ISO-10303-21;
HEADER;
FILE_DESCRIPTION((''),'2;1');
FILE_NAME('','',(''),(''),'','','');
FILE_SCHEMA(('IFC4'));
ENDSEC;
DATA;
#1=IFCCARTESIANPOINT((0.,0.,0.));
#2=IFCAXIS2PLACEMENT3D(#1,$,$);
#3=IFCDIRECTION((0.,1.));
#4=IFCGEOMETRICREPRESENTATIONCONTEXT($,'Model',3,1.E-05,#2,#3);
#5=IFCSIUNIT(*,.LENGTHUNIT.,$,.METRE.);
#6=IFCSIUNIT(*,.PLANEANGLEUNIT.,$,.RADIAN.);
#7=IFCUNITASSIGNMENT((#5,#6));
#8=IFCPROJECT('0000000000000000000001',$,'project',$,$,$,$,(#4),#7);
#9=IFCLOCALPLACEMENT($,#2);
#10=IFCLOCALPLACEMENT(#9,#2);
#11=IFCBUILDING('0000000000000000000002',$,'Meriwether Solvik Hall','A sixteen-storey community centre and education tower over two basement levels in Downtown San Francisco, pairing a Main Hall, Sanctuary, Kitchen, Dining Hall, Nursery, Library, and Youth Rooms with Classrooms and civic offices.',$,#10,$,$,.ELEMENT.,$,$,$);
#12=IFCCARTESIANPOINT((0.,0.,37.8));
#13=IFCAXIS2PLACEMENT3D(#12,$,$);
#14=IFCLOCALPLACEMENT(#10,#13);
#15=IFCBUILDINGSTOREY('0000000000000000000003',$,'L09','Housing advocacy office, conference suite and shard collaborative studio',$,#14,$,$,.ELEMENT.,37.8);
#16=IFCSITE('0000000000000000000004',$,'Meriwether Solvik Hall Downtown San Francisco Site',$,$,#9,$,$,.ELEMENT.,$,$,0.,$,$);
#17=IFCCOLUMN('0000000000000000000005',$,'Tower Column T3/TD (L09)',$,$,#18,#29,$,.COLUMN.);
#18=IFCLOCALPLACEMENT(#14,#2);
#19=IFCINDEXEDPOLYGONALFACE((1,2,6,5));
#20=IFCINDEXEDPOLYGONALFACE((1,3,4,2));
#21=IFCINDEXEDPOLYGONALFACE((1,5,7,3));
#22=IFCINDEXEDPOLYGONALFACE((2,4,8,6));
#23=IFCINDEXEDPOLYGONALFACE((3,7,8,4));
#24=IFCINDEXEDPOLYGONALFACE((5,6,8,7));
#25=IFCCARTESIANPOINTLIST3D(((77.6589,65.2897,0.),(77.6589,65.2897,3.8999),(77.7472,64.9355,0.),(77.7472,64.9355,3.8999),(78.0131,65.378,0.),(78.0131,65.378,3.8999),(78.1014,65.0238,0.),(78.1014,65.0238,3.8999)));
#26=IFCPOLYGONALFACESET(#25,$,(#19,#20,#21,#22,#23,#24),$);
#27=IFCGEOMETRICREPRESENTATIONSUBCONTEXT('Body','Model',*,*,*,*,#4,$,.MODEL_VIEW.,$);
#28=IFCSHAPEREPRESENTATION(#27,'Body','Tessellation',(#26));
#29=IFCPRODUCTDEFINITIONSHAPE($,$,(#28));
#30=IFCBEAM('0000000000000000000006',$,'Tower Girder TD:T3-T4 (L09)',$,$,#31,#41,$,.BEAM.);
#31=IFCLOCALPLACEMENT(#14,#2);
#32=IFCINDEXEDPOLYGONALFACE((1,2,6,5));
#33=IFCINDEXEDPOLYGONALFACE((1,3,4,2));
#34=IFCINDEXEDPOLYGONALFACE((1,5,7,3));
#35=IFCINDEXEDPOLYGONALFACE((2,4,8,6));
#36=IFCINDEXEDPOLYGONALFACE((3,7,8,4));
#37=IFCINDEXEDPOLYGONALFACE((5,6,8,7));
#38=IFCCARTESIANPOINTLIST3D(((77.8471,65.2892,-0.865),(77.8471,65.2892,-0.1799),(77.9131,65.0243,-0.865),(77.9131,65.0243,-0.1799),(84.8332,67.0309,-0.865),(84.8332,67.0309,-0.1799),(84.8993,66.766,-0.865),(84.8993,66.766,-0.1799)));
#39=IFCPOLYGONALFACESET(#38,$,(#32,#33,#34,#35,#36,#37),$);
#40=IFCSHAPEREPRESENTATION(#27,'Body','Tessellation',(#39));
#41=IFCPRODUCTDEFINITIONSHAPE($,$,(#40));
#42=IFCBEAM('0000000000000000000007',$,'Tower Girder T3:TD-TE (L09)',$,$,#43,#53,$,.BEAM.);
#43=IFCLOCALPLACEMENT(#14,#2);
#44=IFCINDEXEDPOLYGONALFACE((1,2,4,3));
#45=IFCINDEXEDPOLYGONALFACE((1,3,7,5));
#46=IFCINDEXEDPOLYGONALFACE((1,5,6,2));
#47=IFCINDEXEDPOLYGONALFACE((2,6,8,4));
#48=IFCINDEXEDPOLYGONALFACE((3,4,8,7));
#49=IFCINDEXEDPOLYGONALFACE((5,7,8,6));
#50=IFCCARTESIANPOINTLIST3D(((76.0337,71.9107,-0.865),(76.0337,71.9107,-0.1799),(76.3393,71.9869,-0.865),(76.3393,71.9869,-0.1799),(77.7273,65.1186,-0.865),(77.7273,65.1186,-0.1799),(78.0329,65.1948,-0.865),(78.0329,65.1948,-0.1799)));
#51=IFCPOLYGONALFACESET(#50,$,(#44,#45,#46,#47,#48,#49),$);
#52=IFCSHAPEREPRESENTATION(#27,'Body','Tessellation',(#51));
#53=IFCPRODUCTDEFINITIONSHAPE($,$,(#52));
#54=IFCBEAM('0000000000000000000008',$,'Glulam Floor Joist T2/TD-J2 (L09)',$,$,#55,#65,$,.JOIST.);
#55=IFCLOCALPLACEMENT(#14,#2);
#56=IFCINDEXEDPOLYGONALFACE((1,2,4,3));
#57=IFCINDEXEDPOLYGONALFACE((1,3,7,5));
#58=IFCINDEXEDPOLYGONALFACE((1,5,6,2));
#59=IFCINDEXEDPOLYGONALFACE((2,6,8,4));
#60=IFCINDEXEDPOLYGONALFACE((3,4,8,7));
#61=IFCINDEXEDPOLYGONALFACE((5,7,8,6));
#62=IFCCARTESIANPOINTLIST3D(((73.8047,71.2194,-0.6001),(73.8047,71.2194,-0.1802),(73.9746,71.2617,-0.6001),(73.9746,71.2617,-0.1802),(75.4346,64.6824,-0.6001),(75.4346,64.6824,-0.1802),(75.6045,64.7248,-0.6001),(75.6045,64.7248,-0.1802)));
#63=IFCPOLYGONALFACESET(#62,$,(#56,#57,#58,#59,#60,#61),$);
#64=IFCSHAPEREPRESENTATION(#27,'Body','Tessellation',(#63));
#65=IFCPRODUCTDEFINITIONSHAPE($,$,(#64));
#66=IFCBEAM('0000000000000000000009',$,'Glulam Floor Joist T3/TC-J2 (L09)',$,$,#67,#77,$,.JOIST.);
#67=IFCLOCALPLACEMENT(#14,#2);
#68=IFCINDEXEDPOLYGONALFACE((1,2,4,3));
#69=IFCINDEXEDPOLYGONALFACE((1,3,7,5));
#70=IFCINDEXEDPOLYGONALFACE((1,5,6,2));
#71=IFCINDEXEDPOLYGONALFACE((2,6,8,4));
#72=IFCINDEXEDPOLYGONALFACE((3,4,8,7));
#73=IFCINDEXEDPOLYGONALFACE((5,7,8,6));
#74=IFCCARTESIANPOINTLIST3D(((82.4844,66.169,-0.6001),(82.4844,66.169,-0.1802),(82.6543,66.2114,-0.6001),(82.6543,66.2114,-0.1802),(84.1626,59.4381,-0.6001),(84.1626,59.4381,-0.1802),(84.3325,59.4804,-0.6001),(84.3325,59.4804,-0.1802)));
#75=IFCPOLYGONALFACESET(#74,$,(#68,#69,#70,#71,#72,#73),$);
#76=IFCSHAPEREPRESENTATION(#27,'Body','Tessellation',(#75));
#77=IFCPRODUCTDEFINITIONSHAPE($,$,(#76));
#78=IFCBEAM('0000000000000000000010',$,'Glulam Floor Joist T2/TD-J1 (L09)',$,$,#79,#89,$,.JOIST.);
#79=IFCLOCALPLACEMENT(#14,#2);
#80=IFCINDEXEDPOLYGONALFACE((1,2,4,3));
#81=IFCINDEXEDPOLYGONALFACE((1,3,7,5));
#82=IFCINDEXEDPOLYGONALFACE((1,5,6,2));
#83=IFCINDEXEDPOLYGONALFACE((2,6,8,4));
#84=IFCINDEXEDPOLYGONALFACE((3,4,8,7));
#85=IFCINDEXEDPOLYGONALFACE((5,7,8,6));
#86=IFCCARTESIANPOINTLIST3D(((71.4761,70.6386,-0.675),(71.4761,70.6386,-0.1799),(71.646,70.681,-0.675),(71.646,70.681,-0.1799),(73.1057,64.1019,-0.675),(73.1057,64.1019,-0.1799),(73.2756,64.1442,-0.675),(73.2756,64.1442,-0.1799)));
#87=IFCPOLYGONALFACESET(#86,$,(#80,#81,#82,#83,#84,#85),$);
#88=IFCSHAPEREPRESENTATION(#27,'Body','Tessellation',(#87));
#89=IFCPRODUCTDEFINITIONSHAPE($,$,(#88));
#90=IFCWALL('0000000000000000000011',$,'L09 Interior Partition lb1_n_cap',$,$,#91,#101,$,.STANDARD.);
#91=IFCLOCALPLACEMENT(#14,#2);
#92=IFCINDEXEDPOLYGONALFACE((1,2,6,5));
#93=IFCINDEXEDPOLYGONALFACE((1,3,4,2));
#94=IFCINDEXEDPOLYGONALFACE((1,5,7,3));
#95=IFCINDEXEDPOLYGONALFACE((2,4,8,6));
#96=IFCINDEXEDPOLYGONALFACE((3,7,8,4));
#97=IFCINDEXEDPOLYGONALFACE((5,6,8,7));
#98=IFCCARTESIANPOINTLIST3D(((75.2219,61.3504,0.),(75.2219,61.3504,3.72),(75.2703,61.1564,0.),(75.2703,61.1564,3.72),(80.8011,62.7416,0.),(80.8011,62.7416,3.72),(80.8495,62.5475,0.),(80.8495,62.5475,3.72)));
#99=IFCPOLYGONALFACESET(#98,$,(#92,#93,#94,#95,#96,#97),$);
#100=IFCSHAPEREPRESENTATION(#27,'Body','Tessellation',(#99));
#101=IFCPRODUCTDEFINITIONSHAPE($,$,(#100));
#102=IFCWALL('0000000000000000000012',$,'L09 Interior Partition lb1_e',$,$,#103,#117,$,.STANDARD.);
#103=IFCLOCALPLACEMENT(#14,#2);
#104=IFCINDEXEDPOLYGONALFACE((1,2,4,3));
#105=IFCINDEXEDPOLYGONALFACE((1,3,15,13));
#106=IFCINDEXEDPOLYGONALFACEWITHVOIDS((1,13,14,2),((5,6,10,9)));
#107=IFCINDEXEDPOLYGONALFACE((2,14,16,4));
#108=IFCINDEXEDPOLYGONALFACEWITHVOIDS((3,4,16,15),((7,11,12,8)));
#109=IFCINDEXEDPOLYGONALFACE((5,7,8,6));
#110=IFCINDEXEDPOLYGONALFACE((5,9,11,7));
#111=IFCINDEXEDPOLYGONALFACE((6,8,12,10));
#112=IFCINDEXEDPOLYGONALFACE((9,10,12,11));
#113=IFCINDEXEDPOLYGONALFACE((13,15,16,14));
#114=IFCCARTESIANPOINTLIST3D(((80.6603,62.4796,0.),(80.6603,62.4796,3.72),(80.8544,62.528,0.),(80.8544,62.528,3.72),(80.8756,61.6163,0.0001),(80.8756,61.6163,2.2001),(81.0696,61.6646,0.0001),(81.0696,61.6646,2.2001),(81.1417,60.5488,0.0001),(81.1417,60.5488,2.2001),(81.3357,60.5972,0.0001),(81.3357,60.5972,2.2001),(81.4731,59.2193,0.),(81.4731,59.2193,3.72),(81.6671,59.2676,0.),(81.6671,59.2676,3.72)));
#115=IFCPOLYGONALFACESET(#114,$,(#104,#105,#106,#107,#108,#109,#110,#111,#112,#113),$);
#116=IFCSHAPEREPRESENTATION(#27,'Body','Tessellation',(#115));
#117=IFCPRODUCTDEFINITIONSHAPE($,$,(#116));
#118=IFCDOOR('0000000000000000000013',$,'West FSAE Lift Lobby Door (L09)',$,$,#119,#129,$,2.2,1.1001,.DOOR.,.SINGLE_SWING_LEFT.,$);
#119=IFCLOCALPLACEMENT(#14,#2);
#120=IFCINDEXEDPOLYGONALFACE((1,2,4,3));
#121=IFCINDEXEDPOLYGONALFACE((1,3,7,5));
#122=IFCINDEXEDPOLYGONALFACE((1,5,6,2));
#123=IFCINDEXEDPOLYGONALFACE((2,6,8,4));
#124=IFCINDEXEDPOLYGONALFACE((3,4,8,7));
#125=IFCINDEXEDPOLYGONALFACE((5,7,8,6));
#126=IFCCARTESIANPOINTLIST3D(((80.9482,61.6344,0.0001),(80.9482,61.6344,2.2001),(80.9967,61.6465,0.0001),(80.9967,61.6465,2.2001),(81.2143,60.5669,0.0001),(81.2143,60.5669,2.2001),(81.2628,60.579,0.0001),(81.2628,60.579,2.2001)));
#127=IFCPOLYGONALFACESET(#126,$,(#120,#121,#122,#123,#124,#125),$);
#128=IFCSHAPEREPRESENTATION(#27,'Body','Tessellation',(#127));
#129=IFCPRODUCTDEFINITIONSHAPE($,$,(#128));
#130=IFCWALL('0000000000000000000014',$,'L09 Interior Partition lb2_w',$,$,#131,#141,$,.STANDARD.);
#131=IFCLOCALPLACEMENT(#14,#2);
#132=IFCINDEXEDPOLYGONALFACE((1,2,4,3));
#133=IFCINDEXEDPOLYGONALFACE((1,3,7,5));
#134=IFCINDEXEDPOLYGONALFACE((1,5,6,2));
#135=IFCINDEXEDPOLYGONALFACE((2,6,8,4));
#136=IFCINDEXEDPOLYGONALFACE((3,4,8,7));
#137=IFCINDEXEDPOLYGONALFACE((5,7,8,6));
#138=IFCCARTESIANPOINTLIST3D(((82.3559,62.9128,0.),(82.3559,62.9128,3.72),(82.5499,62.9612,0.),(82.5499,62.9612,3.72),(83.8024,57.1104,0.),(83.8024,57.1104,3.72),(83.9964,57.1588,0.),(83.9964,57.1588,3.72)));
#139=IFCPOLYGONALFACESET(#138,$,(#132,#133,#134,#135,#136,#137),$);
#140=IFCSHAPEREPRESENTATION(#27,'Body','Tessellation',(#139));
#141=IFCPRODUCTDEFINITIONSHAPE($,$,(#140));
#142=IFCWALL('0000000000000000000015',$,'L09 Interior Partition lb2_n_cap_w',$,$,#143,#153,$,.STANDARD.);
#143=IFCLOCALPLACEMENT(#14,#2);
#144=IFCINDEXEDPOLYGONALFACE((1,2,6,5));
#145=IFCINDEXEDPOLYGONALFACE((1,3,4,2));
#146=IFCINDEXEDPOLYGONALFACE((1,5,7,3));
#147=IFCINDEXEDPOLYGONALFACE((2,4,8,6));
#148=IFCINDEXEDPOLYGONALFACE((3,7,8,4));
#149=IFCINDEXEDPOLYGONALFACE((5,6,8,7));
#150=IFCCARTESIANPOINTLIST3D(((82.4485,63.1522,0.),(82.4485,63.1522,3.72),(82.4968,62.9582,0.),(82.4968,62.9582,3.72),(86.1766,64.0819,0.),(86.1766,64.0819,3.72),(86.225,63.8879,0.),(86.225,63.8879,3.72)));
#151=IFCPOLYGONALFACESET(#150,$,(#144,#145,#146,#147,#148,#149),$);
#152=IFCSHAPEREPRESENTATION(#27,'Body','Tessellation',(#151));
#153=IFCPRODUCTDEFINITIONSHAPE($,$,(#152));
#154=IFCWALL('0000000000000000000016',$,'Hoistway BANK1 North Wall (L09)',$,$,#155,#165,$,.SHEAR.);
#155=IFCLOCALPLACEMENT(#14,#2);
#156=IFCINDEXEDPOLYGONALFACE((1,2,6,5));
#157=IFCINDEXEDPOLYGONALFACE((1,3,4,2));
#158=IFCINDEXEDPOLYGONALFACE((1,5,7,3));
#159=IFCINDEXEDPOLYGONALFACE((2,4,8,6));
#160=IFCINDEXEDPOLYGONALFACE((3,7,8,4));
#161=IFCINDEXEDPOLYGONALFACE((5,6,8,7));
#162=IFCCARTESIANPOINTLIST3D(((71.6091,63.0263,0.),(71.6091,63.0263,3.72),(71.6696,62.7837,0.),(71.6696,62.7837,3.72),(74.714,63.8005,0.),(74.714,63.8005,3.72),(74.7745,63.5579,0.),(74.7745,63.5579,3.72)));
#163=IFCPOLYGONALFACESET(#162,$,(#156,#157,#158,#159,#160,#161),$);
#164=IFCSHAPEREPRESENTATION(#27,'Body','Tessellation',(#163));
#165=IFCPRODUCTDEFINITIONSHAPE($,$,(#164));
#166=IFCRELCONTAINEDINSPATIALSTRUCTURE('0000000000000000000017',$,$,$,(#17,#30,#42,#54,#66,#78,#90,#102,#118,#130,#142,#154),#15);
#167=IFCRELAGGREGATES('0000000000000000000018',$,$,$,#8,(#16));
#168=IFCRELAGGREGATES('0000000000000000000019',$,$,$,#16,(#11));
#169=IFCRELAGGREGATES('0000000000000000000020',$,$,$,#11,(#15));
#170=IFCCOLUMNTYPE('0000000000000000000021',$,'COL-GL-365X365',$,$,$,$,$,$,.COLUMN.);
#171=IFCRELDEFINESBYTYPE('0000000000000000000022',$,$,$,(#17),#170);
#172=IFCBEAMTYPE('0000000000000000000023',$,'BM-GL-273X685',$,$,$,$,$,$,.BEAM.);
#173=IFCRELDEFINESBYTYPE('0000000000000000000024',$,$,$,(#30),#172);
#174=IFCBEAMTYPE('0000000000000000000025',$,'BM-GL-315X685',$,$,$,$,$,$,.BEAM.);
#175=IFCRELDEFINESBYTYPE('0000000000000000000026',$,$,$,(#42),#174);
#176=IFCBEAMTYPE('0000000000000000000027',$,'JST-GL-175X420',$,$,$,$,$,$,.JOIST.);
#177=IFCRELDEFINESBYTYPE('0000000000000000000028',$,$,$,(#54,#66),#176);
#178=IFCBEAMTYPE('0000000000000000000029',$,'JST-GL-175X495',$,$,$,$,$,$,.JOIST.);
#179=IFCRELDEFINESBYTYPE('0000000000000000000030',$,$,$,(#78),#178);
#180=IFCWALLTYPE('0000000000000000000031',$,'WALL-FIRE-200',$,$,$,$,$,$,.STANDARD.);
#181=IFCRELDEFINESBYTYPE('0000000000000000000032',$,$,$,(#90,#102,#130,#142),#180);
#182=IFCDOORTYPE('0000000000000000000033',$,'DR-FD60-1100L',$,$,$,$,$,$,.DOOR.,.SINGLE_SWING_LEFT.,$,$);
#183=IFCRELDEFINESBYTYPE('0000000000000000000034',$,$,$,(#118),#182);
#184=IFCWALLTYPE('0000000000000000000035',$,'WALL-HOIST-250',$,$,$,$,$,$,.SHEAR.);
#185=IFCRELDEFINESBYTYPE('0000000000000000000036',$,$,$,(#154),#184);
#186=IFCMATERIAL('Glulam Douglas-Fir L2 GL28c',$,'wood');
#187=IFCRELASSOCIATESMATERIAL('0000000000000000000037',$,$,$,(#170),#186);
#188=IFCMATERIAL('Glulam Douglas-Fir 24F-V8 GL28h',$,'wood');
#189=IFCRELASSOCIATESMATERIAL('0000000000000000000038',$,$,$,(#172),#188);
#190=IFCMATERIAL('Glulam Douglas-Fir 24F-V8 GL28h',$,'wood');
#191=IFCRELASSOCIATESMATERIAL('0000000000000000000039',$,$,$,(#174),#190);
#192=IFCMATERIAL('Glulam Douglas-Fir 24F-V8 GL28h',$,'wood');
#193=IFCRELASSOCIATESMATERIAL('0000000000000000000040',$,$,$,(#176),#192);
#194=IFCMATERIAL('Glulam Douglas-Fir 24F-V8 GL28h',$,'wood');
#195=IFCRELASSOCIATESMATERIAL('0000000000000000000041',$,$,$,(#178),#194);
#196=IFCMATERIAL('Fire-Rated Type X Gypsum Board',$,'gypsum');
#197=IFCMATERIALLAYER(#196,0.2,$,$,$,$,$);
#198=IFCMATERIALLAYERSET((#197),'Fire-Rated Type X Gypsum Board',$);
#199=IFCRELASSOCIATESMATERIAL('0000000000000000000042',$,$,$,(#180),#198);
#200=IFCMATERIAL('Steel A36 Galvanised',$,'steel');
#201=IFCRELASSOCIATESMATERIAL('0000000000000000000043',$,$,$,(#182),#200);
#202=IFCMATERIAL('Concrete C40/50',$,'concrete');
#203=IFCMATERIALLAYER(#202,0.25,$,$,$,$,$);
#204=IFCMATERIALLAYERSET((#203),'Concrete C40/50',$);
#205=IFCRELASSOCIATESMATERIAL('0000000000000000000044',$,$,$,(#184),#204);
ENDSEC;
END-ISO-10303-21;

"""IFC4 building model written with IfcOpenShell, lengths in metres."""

from ifc_helpers import new_model, si_unit, direction, frame, frame_2d, origin, origin_2d, place, context, subcontext, project, spatial, rectangle, extrude, material, layer, layer_set, material_profile, profile_set, type_object, element, fill, save


model = new_model("IFC4")

# Units and contexts
model_context = context("Model", 3, precision=1e-05, world=origin(), true_north=direction((0.0, 1.0)))
body_context = subcontext(model_context, "Body", "Model", "MODEL_VIEW")
ifc_project = project(units=[si_unit("LENGTHUNIT", "METRE"), si_unit("PLANEANGLEUNIT", "RADIAN")], contexts=[model_context])

# Site, building, storey
site_placement = place(None, origin())
site = spatial("IfcSite", under=ifc_project, at=site_placement, Name="Meriwether Solvik Hall Downtown San Francisco Site", CompositionType="ELEMENT", RefElevation=0.0)
building_placement = place(site_placement, origin())
building = spatial("IfcBuilding", under=site, at=building_placement, Name="Meriwether Solvik Hall", Description="A sixteen-storey community centre and education tower over two basement levels in Downtown San Francisco, pairing a Main Hall, Sanctuary, Kitchen, Dining Hall, Nursery, Library, and Youth Rooms with Classrooms and civic offices.", CompositionType="ELEMENT")
storey_placement = place(building_placement, frame((0.0, 0.0, 37.8)))
storey = spatial("IfcBuildingStorey", under=building, at=storey_placement, Name="L09", Description="Housing advocacy office, conference suite and shard collaborative studio", CompositionType="ELEMENT", Elevation=37.8)

# Column
ifc_material_1 = material(Name="Glulam Douglas-Fir L2 GL28c", Category="wood")
ifc_material_profile_1 = material_profile(ifc_material_1, rectangle(XDim=0.365, YDim=0.365, at=origin_2d()), Name="GLC-365X365")
ifc_profile_set_1 = profile_set([ifc_material_profile_1], Name="Glulam Douglas-Fir L2 GL28c")
column_type = type_object("IfcColumnType", Name="COL-GL-365X365", PredefinedType="COLUMN", material=ifc_profile_set_1)
column_placement = place(storey_placement, frame((77.8801, 65.1567, 0.0), z_axis=(0.0, 0.0, 1.0), x_axis=(0.970296, 0.241922, 0.0)))
element("IfcColumn", 1, at=column_placement, inside=storey, type_object=column_type, Name="Tower Column T3/TD (L09)", PredefinedType="COLUMN", context=body_context, shape_type="SweptSolid", body=[
    extrude(rectangle(XDim=0.365, YDim=0.365, at=origin_2d()), origin(), (0.0, 0.0, 1.0), 3.8999),
])

# Beams
ifc_material_2 = material(Name="Glulam Douglas-Fir 24F-V8 GL28h", Category="wood")
ifc_material_profile_2 = material_profile(ifc_material_2, rectangle(XDim=0.2729, YDim=0.6851, at=origin_2d()), Name="GLB-273X685")
ifc_profile_set_2 = profile_set([ifc_material_profile_2], Name="Glulam Douglas-Fir 24F-V8 GL28h")
beam_type_1 = type_object("IfcBeamType", Name="BM-GL-273X685", PredefinedType="BEAM", material=ifc_profile_set_2)
beam_1_placement = place(storey_placement, frame((77.8801, 65.1567, -0.5225), z_axis=(0.9703, 0.241905, 0.0), x_axis=(-0.241905, 0.9703, 0.0)))
element("IfcBeam", 2, at=beam_1_placement, inside=storey, type_object=beam_type_1, Name="Tower Girder TD:T3-T4 (L09)", PredefinedType="BEAM", context=body_context, shape_type="SweptSolid", body=[
    extrude(rectangle(XDim=0.2729, YDim=0.6851, at=origin_2d()), origin(), (0.0, 0.0, 1.0), 7.2),
])
ifc_material_3 = material(Name="Glulam Douglas-Fir 24F-V8 GL28h", Category="wood")
ifc_material_profile_3 = material_profile(ifc_material_3, rectangle(XDim=0.3149, YDim=0.6851, at=origin_2d()), Name="GLB-315X685")
ifc_profile_set_3 = profile_set([ifc_material_profile_3], Name="Glulam Douglas-Fir 24F-V8 GL28h")
beam_type_2 = type_object("IfcBeamType", Name="BM-GL-315X685", PredefinedType="BEAM", material=ifc_profile_set_3)
beam_2_placement = place(storey_placement, frame((77.8801, 65.1567, -0.5225), z_axis=(-0.241945, 0.97029, 0.0), x_axis=(-0.97029, -0.241945, 0.0)))
element("IfcBeam", 3, at=beam_2_placement, inside=storey, type_object=beam_type_2, Name="Tower Girder T3:TD-TE (L09)", PredefinedType="BEAM", context=body_context, shape_type="SweptSolid", body=[
    extrude(rectangle(XDim=0.3149, YDim=0.6851, at=origin_2d()), origin(), (0.0, 0.0, 1.0), 7.0),
])
ifc_material_4 = material(Name="Glulam Douglas-Fir 24F-V8 GL28h", Category="wood")
ifc_material_profile_4 = material_profile(ifc_material_4, rectangle(XDim=0.175, YDim=0.4199, at=origin_2d()), Name="GLJ-175X420")
ifc_profile_set_4 = profile_set([ifc_material_profile_4], Name="Glulam Douglas-Fir 24F-V8 GL28h")
beam_type_3 = type_object("IfcBeamType", Name="JST-GL-175X420", PredefinedType="JOIST", material=ifc_profile_set_4)
beam_3_placement = place(storey_placement, frame((75.5195, 64.7036, -0.3901), z_axis=(-0.24193, 0.970294, 0.0), x_axis=(-0.970294, -0.24193, 0.0)))
element("IfcBeam", 4, at=beam_3_placement, inside=storey, type_object=beam_type_3, Name="Glulam Floor Joist T2/TD-J2 (L09)", PredefinedType="JOIST", context=body_context, shape_type="SweptSolid", body=[
    extrude(rectangle(XDim=0.175, YDim=0.4199, at=origin_2d()), origin(), (0.0, 0.0, 1.0), 6.7371),
])
beam_4_placement = place(storey_placement, frame((84.2476, 59.4592, -0.3901), z_axis=(-0.241923, 0.970296, 0.0), x_axis=(-0.970296, -0.241923, 0.0)))
element("IfcBeam", 5, at=beam_4_placement, inside=storey, type_object=beam_type_3, Name="Glulam Floor Joist T3/TC-J2 (L09)", PredefinedType="JOIST", context=body_context, shape_type="SweptSolid", body=[
    extrude(rectangle(XDim=0.175, YDim=0.4199, at=origin_2d()), origin(), (0.0, 0.0, 1.0), 6.937),
])
ifc_material_5 = material(Name="Glulam Douglas-Fir 24F-V8 GL28h", Category="wood")
ifc_material_profile_5 = material_profile(ifc_material_5, rectangle(XDim=0.175, YDim=0.4951, at=origin_2d()), Name="GLJ-175X495")
ifc_profile_set_5 = profile_set([ifc_material_profile_5], Name="Glulam Douglas-Fir 24F-V8 GL28h")
beam_type_4 = type_object("IfcBeamType", Name="JST-GL-175X495", PredefinedType="JOIST", material=ifc_profile_set_5)
beam_5_placement = place(storey_placement, frame((73.1907, 64.123, -0.4275), z_axis=(-0.241896, 0.970302, 0.0), x_axis=(-0.970302, -0.241896, 0.0)))
element("IfcBeam", 6, at=beam_5_placement, inside=storey, type_object=beam_type_4, Name="Glulam Floor Joist T2/TD-J1 (L09)", PredefinedType="JOIST", context=body_context, shape_type="SweptSolid", body=[
    extrude(rectangle(XDim=0.175, YDim=0.4951, at=origin_2d()), origin(), (0.0, 0.0, 1.0), 6.7368),
])

# Wall
ifc_material_6 = material(Name="Fire-Rated Type X Gypsum Board", Category="gypsum")
ifc_layer_1 = layer(ifc_material_6, 0.2)
ifc_layer_set_1 = layer_set([ifc_layer_1], Name="Fire-Rated Type X Gypsum Board")
wall_type_1 = type_object("IfcWallType", Name="WALL-FIRE-200", PredefinedType="STANDARD", material=ifc_layer_set_1)
wall_1_placement = place(storey_placement, frame((75.2461, 61.2534, 0.0), z_axis=(0.0, 0.0, 1.0), x_axis=(0.970292, 0.241936, 0.0)))
element("IfcWall", 7, at=wall_1_placement, inside=storey, type_object=wall_type_1, Name="L09 Interior Partition lb1_n_cap", PredefinedType="STANDARD", context=body_context, shape_type="SweptSolid", body=[
    extrude(rectangle(XDim=5.75, YDim=0.2, at=frame_2d((2.875, 0.0))), origin(), (0.0, 0.0, 1.0), 3.72),
])

# Wall, opening, door
wall_2_placement = place(storey_placement, frame((80.7573, 62.5039, 0.0), z_axis=(0.0, 0.0, 1.0), x_axis=(0.241886, -0.970305, 0.0)))
wall_2 = element("IfcWall", 8, at=wall_2_placement, inside=storey, type_object=wall_type_1, Name="L09 Interior Partition lb1_e", PredefinedType="STANDARD", context=body_context, shape_type="SweptSolid", body=[
    extrude(rectangle(XDim=3.3601, YDim=0.2, at=frame_2d((1.6802, 0.0))), origin(), (0.0, 0.0, 1.0), 3.72),
])
opening_1_placement = place(wall_2_placement, frame((0.8899, 0.0, 0.0)))
opening_1 = element("IfcOpeningElement", 9, at=opening_1_placement, cuts=wall_2, PredefinedType="OPENING", context=body_context, shape_type="SweptSolid", body=[
    extrude(rectangle(XDim=1.1001, YDim=2.2, at=frame_2d((0.55, 1.1001))), frame((0.0, 0.1118, 0.0), z_axis=(0.0, -1.0, 0.0), x_axis=(1.0, 0.0, 0.0)), (0.0, 0.0, 1.0), 0.2239),
])
ifc_material_7 = material(Name="Steel A36 Galvanised", Category="steel")
door_type_1 = type_object("IfcDoorType", Name="DR-FD60-1100L", OperationType="SINGLE_SWING_LEFT", PredefinedType="DOOR", material=ifc_material_7)
door_1_placement = place(opening_1_placement, origin())
door_1 = element("IfcDoor", 10, at=door_1_placement, inside=storey, type_object=door_type_1, Name="West FSAE Lift Lobby Door (L09)", OperationType="SINGLE_SWING_LEFT", OverallHeight=2.2, OverallWidth=1.1001, PredefinedType="DOOR", context=body_context, shape_type="SweptSolid", body=[
    extrude(rectangle(XDim=1.1001, YDim=2.2, at=frame_2d((0.55, 1.1001))), frame((0.0, 0.0249, 0.0), z_axis=(0.0, -1.0, 0.0), x_axis=(1.0, 0.0, 0.0)), (0.0, 0.0, 1.0), 0.05),
])
fill(opening_1, door_1)

# Walls
wall_3_placement = place(storey_placement, frame((82.4529, 62.937, 0.0), z_axis=(0.0, 0.0, 1.0), x_axis=(0.241892, -0.970303, 0.0)))
element("IfcWall", 11, at=wall_3_placement, inside=storey, type_object=wall_type_1, Name="L09 Interior Partition lb2_w", PredefinedType="STANDARD", context=body_context, shape_type="SweptSolid", body=[
    extrude(rectangle(XDim=5.98, YDim=0.2, at=frame_2d((2.99, 0.0))), origin(), (0.0, 0.0, 1.0), 3.72),
])
wall_4_placement = place(storey_placement, frame((82.4727, 63.0552, 0.0), z_axis=(0.0, 0.0, 1.0), x_axis=(0.970284, 0.241967, 0.0)))
element("IfcWall", 12, at=wall_4_placement, inside=storey, type_object=wall_type_1, Name="L09 Interior Partition lb2_n_cap_w", PredefinedType="STANDARD", context=body_context, shape_type="SweptSolid", body=[
    extrude(rectangle(XDim=3.8423, YDim=0.2, at=frame_2d((1.9211, 0.0))), origin(), (0.0, 0.0, 1.0), 3.72),
])
ifc_material_8 = material(Name="Concrete C40/50", Category="concrete")
ifc_layer_2 = layer(ifc_material_8, 0.25)
ifc_layer_set_2 = layer_set([ifc_layer_2], Name="Concrete C40/50")
wall_type_2 = type_object("IfcWallType", Name="WALL-HOIST-250", PredefinedType="SHEAR", material=ifc_layer_set_2)
wall_5_placement = place(storey_placement, frame((74.7444, 63.6792, 0.0), z_axis=(0.0, 0.0, 1.0), x_axis=(-0.970295, -0.241925, 0.0)))
element("IfcWall", 13, at=wall_5_placement, inside=storey, type_object=wall_type_2, Name="Hoistway BANK1 North Wall (L09)", PredefinedType="SHEAR", context=body_context, shape_type="SweptSolid", body=[
    extrude(rectangle(XDim=3.2, YDim=0.25, at=frame_2d((1.6001, 0.0))), origin(), (0.0, 0.0, 1.0), 3.72),
])

save(model, "model.ifc")
